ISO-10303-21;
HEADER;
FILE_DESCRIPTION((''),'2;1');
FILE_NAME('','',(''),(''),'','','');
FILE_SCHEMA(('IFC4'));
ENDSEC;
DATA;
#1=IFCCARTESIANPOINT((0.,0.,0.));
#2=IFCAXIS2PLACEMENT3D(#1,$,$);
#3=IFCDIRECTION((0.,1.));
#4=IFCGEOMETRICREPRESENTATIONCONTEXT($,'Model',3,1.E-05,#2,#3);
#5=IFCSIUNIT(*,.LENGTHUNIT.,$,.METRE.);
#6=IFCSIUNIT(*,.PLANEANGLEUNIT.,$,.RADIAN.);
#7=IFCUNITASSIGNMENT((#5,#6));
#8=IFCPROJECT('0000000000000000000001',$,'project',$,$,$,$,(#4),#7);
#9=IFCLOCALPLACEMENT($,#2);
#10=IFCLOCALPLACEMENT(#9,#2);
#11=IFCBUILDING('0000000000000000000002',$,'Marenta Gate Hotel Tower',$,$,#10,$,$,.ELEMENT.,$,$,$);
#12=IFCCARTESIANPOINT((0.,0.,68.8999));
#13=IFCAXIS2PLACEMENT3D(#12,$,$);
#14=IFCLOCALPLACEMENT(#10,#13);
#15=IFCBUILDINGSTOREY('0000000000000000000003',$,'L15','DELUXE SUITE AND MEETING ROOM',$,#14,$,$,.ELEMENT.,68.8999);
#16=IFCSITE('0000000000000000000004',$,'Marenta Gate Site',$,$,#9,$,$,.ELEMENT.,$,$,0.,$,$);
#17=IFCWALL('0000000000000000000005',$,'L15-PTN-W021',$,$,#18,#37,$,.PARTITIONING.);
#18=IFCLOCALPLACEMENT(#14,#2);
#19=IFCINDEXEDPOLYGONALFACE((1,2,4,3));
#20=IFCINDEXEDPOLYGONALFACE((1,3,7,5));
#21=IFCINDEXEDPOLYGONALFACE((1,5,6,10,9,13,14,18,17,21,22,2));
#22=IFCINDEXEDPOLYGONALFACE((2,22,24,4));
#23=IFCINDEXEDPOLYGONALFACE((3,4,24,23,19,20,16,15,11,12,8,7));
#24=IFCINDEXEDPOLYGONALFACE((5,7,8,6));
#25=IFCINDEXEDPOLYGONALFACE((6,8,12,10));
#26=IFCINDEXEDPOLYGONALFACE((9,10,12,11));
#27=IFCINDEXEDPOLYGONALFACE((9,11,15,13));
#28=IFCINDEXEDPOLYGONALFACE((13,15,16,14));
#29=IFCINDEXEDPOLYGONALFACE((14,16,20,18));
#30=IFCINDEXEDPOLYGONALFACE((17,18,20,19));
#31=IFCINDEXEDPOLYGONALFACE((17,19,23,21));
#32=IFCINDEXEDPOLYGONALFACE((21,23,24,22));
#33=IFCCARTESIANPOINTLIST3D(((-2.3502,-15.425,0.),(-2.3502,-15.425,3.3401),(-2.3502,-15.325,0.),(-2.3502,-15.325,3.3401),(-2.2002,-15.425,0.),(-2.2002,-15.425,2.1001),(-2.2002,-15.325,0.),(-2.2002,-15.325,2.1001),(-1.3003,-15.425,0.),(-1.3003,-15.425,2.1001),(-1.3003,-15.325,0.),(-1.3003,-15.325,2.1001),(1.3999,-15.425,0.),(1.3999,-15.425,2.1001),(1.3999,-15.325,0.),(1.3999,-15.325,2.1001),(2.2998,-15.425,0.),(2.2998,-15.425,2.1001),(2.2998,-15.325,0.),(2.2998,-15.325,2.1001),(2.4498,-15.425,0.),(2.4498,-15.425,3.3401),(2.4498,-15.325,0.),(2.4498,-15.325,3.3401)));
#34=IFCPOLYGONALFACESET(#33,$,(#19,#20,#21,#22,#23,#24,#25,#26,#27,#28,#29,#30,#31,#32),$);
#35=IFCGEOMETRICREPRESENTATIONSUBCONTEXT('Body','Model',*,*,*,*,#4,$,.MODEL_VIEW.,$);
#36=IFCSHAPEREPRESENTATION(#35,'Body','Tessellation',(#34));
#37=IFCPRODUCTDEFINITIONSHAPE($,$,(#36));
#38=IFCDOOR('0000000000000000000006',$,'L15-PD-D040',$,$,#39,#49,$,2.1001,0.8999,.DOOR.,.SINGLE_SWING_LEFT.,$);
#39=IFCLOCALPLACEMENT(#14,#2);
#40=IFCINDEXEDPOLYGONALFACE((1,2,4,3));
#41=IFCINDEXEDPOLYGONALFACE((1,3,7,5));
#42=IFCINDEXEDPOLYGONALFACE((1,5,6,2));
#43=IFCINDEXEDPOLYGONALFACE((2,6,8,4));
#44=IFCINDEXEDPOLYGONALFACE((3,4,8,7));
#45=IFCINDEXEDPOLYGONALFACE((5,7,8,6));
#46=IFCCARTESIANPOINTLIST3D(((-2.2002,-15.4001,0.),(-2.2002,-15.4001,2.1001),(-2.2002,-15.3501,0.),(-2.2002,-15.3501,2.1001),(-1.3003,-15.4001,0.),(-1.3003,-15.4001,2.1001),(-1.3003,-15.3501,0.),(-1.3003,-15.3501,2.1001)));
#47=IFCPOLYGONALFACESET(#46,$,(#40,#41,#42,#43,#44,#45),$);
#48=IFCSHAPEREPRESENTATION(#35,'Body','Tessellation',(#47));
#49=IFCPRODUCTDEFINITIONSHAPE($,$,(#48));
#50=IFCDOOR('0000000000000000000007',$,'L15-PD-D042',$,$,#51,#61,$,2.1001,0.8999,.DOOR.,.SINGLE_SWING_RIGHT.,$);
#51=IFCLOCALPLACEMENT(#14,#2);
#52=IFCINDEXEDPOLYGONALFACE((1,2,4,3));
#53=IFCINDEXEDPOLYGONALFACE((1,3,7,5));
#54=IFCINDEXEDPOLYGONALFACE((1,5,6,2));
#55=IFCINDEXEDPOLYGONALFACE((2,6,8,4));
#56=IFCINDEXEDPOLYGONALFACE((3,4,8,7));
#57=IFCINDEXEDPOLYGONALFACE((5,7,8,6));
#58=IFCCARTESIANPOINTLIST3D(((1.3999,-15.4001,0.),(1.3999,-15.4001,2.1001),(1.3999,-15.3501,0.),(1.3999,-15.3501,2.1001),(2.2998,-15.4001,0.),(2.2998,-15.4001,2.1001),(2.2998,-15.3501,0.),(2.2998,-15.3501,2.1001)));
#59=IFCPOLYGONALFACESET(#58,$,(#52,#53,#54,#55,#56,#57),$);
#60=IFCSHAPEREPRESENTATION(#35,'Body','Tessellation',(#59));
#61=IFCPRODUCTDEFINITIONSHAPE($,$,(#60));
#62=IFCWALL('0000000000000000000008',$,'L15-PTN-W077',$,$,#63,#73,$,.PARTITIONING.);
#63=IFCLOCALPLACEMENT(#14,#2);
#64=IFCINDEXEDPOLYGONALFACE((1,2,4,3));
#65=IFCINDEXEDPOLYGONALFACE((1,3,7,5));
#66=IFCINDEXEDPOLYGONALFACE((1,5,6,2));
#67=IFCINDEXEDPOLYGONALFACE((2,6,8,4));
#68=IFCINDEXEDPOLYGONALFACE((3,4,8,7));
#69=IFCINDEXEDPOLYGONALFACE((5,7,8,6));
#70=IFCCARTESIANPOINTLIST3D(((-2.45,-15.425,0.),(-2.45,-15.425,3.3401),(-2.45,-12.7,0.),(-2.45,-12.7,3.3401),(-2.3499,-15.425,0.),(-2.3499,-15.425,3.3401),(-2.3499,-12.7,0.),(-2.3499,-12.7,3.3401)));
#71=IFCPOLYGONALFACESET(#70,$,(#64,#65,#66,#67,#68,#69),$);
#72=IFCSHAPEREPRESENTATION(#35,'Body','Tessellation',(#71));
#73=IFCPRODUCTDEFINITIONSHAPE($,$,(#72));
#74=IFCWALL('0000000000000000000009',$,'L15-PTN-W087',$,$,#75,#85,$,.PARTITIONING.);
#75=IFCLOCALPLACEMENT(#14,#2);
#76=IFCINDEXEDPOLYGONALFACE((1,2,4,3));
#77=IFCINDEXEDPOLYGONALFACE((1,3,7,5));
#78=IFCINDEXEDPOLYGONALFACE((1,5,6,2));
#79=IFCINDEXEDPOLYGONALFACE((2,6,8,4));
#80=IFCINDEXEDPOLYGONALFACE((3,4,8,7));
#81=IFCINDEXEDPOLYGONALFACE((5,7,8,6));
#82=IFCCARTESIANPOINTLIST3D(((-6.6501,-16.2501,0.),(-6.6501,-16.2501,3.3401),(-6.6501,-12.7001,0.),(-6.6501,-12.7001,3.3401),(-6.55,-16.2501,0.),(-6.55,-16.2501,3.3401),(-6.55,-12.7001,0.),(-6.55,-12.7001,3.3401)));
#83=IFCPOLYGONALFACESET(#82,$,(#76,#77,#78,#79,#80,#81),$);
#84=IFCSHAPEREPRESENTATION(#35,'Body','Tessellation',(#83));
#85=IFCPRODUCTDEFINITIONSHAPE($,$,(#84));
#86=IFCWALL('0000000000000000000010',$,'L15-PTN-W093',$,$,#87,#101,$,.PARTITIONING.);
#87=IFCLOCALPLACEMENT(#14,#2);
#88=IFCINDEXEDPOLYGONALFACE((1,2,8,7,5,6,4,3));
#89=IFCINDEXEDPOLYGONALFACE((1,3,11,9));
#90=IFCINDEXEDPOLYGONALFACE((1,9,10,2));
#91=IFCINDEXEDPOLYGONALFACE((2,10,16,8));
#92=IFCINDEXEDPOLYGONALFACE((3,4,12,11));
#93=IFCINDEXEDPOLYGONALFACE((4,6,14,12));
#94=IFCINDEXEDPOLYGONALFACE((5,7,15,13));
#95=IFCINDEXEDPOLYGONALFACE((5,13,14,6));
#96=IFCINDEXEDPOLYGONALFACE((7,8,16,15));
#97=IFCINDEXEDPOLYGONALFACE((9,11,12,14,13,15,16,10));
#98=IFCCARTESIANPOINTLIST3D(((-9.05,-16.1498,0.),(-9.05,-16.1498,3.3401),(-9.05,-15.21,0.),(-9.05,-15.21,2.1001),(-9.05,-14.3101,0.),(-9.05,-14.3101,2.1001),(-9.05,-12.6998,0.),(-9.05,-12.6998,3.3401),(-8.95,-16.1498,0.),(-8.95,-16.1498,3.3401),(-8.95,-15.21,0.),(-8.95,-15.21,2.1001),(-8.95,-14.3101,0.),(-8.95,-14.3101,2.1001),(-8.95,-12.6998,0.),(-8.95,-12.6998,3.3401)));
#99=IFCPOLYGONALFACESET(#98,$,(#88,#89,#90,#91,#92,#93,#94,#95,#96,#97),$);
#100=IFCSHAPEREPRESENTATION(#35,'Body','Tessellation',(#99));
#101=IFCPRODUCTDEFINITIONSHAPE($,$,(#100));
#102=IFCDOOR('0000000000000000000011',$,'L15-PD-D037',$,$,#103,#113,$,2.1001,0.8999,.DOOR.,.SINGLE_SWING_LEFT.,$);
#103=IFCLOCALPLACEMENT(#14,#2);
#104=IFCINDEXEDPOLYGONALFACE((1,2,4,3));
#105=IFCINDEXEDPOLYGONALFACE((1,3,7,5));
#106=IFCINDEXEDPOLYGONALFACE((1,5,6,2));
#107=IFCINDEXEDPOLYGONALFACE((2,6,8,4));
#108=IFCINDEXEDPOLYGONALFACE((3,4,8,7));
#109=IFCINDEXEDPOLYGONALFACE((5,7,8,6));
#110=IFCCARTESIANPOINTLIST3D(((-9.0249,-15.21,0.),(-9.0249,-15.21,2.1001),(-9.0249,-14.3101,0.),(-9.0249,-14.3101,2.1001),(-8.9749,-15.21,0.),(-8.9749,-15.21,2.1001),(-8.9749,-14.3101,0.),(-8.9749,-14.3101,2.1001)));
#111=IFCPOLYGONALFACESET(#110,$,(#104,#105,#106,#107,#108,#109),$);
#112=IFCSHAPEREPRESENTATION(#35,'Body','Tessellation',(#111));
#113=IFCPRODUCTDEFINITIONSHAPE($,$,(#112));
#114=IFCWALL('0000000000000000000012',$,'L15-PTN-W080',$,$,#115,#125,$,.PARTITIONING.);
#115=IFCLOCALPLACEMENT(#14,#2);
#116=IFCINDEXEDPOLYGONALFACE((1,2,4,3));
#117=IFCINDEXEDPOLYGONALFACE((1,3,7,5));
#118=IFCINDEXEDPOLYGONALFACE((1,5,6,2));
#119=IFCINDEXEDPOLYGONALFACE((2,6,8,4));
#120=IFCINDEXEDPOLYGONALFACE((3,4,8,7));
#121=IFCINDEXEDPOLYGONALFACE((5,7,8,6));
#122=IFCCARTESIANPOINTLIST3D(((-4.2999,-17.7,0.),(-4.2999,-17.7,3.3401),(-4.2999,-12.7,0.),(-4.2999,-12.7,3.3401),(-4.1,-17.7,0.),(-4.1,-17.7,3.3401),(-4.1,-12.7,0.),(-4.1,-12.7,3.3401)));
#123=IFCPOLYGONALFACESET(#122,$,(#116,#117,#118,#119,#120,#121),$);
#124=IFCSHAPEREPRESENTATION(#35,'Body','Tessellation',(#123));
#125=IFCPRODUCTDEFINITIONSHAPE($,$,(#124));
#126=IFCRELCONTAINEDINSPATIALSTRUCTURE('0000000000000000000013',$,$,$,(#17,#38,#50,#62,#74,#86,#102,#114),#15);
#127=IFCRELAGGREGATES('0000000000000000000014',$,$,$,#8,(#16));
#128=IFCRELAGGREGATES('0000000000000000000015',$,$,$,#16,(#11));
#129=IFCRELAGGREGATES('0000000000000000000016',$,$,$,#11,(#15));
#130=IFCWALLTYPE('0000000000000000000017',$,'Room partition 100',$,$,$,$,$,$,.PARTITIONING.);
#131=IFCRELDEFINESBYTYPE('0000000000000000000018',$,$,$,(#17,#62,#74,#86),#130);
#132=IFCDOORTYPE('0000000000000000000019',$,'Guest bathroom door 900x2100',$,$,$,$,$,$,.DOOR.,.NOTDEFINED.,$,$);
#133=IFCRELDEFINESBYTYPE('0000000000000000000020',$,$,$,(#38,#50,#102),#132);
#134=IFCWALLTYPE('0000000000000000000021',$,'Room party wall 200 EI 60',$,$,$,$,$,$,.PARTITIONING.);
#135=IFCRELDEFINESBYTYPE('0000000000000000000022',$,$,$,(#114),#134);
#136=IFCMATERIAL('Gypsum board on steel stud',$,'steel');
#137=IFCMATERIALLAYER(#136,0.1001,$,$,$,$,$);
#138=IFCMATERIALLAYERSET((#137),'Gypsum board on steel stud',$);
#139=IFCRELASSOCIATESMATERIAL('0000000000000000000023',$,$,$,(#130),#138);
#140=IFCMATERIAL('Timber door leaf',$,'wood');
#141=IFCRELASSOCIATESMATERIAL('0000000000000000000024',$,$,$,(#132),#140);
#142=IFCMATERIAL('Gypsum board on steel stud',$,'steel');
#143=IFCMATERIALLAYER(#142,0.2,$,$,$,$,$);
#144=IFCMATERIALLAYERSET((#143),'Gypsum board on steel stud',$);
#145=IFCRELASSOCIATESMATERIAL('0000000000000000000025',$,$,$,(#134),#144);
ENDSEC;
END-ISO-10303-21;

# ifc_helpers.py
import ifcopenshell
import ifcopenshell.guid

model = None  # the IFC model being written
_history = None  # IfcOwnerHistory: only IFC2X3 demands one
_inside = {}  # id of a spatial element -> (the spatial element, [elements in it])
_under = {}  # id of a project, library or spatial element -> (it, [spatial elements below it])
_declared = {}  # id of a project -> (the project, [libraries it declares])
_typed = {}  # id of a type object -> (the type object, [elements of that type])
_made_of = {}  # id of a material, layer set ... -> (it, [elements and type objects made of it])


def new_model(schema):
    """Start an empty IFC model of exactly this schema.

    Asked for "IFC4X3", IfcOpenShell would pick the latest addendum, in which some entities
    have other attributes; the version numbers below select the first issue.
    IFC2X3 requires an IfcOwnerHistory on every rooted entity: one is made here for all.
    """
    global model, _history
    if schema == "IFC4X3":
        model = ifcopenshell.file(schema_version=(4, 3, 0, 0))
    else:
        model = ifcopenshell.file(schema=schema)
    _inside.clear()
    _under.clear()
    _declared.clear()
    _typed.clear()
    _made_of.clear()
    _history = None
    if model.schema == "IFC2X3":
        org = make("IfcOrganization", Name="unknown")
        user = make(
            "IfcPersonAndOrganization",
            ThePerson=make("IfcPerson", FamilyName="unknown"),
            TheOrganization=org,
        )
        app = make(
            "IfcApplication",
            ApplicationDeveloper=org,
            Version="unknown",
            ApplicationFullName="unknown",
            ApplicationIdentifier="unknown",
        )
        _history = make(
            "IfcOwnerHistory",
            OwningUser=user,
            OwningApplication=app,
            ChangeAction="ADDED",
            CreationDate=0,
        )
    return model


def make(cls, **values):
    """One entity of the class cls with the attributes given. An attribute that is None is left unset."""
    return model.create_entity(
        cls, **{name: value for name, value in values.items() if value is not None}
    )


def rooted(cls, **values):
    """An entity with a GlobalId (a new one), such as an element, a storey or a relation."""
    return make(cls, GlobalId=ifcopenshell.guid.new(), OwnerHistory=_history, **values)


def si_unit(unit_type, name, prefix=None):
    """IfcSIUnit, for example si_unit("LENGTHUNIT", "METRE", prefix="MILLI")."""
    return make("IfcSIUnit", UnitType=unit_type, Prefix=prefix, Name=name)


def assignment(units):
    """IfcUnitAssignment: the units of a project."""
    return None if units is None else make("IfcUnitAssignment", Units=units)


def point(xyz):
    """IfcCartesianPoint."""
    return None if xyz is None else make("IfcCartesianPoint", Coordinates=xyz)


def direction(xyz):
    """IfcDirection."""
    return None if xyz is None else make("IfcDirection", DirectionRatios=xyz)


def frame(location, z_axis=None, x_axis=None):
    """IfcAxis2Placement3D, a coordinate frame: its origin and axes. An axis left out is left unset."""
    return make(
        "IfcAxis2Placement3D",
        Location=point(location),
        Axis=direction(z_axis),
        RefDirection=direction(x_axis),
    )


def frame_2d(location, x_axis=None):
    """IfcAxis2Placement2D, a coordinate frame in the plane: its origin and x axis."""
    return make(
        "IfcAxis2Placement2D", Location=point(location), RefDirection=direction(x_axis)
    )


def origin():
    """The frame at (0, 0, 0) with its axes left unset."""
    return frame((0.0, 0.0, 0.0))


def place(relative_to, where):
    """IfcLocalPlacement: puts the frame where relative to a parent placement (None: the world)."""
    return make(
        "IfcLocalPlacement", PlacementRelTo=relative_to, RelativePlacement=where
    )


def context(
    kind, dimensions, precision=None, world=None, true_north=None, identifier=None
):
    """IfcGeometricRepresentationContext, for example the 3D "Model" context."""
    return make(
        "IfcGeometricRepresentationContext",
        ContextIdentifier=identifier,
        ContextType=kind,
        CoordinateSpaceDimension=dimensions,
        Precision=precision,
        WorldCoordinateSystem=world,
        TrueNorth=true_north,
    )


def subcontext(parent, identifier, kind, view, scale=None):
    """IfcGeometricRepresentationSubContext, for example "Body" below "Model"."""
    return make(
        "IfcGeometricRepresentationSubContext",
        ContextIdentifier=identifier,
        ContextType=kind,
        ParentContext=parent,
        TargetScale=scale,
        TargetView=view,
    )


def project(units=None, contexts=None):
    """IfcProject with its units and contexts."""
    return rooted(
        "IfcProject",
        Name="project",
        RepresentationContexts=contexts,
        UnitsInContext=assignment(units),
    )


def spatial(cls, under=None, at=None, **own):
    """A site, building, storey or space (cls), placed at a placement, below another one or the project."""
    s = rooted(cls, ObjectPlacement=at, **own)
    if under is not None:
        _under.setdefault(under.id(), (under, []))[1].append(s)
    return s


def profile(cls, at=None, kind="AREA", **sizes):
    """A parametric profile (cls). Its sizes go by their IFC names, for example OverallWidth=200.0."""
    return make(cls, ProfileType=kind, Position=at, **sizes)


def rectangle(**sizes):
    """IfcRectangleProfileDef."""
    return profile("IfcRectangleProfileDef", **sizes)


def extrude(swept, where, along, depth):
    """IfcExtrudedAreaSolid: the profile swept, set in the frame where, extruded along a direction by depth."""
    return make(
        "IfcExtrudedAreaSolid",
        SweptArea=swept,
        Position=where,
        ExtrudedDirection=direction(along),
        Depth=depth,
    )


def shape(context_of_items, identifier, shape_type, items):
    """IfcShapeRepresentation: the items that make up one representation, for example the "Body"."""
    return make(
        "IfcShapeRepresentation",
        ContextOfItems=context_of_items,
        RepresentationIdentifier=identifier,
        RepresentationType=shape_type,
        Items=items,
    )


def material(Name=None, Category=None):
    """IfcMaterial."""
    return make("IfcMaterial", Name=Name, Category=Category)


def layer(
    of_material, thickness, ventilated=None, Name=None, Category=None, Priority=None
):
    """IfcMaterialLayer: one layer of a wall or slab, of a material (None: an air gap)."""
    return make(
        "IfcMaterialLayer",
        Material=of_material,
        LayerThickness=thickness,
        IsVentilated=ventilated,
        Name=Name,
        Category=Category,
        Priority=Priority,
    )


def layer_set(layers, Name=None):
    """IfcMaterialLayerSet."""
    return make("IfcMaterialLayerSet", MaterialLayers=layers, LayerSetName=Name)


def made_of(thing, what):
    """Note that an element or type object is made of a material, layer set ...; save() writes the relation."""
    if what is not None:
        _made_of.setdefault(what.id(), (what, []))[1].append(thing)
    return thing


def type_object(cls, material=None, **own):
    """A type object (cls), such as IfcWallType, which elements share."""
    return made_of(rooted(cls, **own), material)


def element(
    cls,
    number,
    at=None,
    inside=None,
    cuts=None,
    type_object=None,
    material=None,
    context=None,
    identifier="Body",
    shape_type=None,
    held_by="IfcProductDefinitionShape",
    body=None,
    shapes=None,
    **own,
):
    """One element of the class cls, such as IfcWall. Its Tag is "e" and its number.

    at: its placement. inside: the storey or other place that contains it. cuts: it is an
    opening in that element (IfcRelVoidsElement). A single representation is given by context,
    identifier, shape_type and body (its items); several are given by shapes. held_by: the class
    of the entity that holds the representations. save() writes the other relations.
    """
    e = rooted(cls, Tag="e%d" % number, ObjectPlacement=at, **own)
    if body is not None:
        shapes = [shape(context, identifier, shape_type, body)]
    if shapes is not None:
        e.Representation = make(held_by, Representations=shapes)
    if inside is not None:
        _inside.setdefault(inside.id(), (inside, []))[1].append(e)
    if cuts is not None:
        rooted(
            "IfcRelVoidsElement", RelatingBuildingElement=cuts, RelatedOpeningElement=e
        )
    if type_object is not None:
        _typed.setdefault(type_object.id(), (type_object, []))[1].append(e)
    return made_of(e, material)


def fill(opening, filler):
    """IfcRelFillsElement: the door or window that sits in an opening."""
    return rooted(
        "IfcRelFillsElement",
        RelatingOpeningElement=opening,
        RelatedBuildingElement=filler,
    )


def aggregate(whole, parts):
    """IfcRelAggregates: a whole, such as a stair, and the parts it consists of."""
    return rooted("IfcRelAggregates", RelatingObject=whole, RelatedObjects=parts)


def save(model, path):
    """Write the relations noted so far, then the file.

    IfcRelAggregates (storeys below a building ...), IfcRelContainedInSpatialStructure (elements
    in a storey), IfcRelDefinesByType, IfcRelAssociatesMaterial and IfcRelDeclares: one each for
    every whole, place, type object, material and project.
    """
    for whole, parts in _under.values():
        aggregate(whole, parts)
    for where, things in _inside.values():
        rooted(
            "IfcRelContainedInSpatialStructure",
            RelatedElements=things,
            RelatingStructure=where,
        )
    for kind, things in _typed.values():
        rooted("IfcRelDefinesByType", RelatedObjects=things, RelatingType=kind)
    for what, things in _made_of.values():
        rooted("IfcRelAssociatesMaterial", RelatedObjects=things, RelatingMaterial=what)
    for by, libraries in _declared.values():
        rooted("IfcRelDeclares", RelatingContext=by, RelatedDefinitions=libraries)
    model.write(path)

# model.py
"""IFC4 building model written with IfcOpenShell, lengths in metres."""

from ifc_helpers import new_model, si_unit, direction, frame, frame_2d, origin, place, context, subcontext, project, spatial, rectangle, extrude, material, layer, layer_set, type_object, element, fill, save


model = new_model("IFC4")

# Units and contexts
model_context = context("Model", 3, precision=1e-05, world=origin(), true_north=direction((0.0, 1.0)))
body_context = subcontext(model_context, "Body", "Model", "MODEL_VIEW")
ifc_project = project(units=[si_unit("LENGTHUNIT", "METRE"), si_unit("PLANEANGLEUNIT", "RADIAN")], contexts=[model_context])

# Site, building, storey
site_placement = place(None, origin())
site = spatial("IfcSite", under=ifc_project, at=site_placement, Name="Marenta Gate Site", CompositionType="ELEMENT", RefElevation=0.0)
building_placement = place(site_placement, origin())
building = spatial("IfcBuilding", under=site, at=building_placement, Name="Marenta Gate Hotel Tower", CompositionType="ELEMENT")
storey_placement = place(building_placement, frame((0.0, 0.0, 68.8999)))
storey = spatial("IfcBuildingStorey", under=building, at=storey_placement, Name="L15", Description="DELUXE SUITE AND MEETING ROOM", CompositionType="ELEMENT", Elevation=68.8999)

# Shared definitions
ifc_material_1 = material(Name="Gypsum board on steel stud", Category="steel")
ifc_layer_1 = layer(ifc_material_1, 0.1001)
ifc_layer_set_1 = layer_set([ifc_layer_1], Name="Gypsum board on steel stud")
wall_type_1 = type_object("IfcWallType", Name="Room partition 100", PredefinedType="PARTITIONING", material=ifc_layer_set_1)

# Wall, openings, doors
wall_1_placement = place(storey_placement, frame((-2.3501, -15.375, 0.0), z_axis=(0.0, 0.0, 1.0), x_axis=(1.0, 0.0, 0.0)))
wall_1 = element("IfcWall", 1, at=wall_1_placement, inside=storey, type_object=wall_type_1, Name="L15-PTN-W021", PredefinedType="PARTITIONING", context=body_context, shape_type="SweptSolid", body=[
    extrude(rectangle(XDim=4.8, YDim=0.1001, at=frame_2d((2.3999, 0.0))), origin(), (0.0, 0.0, 1.0), 3.3401),
])
opening_1_placement = place(wall_1_placement, frame((0.1499, 0.0, 0.0)))
opening_1 = element("IfcOpeningElement", 2, at=opening_1_placement, cuts=wall_1, PredefinedType="OPENING", context=body_context, shape_type="SweptSolid", body=[
    extrude(rectangle(XDim=0.8999, YDim=2.1001, at=frame_2d((0.45, 1.05))), frame((0.0, 0.05, 0.0), z_axis=(0.0, -1.0, 0.0), x_axis=(1.0, 0.0, 0.0)), (0.0, 0.0, 1.0), 0.1001),
])
opening_2_placement = place(wall_1_placement, frame((3.75, 0.0, 0.0)))
opening_2 = element("IfcOpeningElement", 3, at=opening_2_placement, cuts=wall_1, PredefinedType="OPENING", context=body_context, shape_type="SweptSolid", body=[
    extrude(rectangle(XDim=0.8999, YDim=2.1001, at=frame_2d((0.45, 1.05))), frame((0.0, 0.05, 0.0), z_axis=(0.0, -1.0, 0.0), x_axis=(1.0, 0.0, 0.0)), (0.0, 0.0, 1.0), 0.1001),
])
ifc_material_2 = material(Name="Timber door leaf", Category="wood")
door_type_1 = type_object("IfcDoorType", Name="Guest bathroom door 900x2100", OperationType="NOTDEFINED", PredefinedType="DOOR", material=ifc_material_2)
door_1_placement = place(opening_1_placement, origin())
door_1 = element("IfcDoor", 4, at=door_1_placement, inside=storey, type_object=door_type_1, Name="L15-PD-D040", OperationType="SINGLE_SWING_LEFT", OverallHeight=2.1001, OverallWidth=0.8999, PredefinedType="DOOR", context=body_context, shape_type="SweptSolid", body=[
    extrude(rectangle(XDim=0.8999, YDim=2.1001, at=frame_2d((0.45, 1.05))), frame((0.0, 0.0249, 0.0), z_axis=(0.0, -1.0, 0.0), x_axis=(1.0, 0.0, 0.0)), (0.0, 0.0, 1.0), 0.05),
])
fill(opening_1, door_1)
door_2_placement = place(opening_2_placement, origin())
door_2 = element("IfcDoor", 5, at=door_2_placement, inside=storey, type_object=door_type_1, Name="L15-PD-D042", OperationType="SINGLE_SWING_RIGHT", OverallHeight=2.1001, OverallWidth=0.8999, PredefinedType="DOOR", context=body_context, shape_type="SweptSolid", body=[
    extrude(rectangle(XDim=0.8999, YDim=2.1001, at=frame_2d((0.45, 1.05))), frame((0.0, 0.0249, 0.0), z_axis=(0.0, -1.0, 0.0), x_axis=(1.0, 0.0, 0.0)), (0.0, 0.0, 1.0), 0.05),
])
fill(opening_2, door_2)

# Walls
wall_2_placement = place(storey_placement, frame((-2.3999, -15.425, 0.0), z_axis=(0.0, 0.0, 1.0), x_axis=(0.0, 1.0, 0.0)))
element("IfcWall", 6, at=wall_2_placement, inside=storey, type_object=wall_type_1, Name="L15-PTN-W077", PredefinedType="PARTITIONING", context=body_context, shape_type="SweptSolid", body=[
    extrude(rectangle(XDim=2.7251, YDim=0.1001, at=frame_2d((1.3625, 0.0))), origin(), (0.0, 0.0, 1.0), 3.3401),
])
wall_3_placement = place(storey_placement, frame((-6.6001, -16.25, 0.0), z_axis=(0.0, 0.0, 1.0), x_axis=(0.0, 1.0, 0.0)))
element("IfcWall", 7, at=wall_3_placement, inside=storey, type_object=wall_type_1, Name="L15-PTN-W087", PredefinedType="PARTITIONING", context=body_context, shape_type="SweptSolid", body=[
    extrude(rectangle(XDim=3.55, YDim=0.1001, at=frame_2d((1.7749, 0.0))), origin(), (0.0, 0.0, 1.0), 3.3401),
])

# Wall, opening, door
wall_4_placement = place(storey_placement, frame((-9.0, -16.1499, 0.0), z_axis=(0.0, 0.0, 1.0), x_axis=(0.0, 1.0, 0.0)))
wall_4 = element("IfcWall", 8, at=wall_4_placement, inside=storey, type_object=wall_type_1, Name="L15-PTN-W093", PredefinedType="PARTITIONING", context=body_context, shape_type="SweptSolid", body=[
    extrude(rectangle(XDim=3.45, YDim=0.1001, at=frame_2d((1.7251, 0.0))), origin(), (0.0, 0.0, 1.0), 3.3401),
])
opening_3_placement = place(wall_4_placement, frame((0.9399, 0.0, 0.0)))
opening_3 = element("IfcOpeningElement", 9, at=opening_3_placement, cuts=wall_4, PredefinedType="OPENING", context=body_context, shape_type="SweptSolid", body=[
    extrude(rectangle(XDim=0.8999, YDim=2.1001, at=frame_2d((0.45, 1.05))), frame((0.0, 0.05, 0.0), z_axis=(0.0, -1.0, 0.0), x_axis=(1.0, 0.0, 0.0)), (0.0, 0.0, 1.0), 0.1001),
])
door_3_placement = place(opening_3_placement, origin())
door_3 = element("IfcDoor", 10, at=door_3_placement, inside=storey, type_object=door_type_1, Name="L15-PD-D037", OperationType="SINGLE_SWING_LEFT", OverallHeight=2.1001, OverallWidth=0.8999, PredefinedType="DOOR", context=body_context, shape_type="SweptSolid", body=[
    extrude(rectangle(XDim=0.8999, YDim=2.1001, at=frame_2d((0.45, 1.05))), frame((0.0, 0.0249, 0.0), z_axis=(0.0, -1.0, 0.0), x_axis=(1.0, 0.0, 0.0)), (0.0, 0.0, 1.0), 0.05),
])
fill(opening_3, door_3)

# Wall
ifc_material_3 = material(Name="Gypsum board on steel stud", Category="steel")
ifc_layer_2 = layer(ifc_material_3, 0.2)
ifc_layer_set_2 = layer_set([ifc_layer_2], Name="Gypsum board on steel stud")
wall_type_2 = type_object("IfcWallType", Name="Room party wall 200 EI 60", PredefinedType="PARTITIONING", material=ifc_layer_set_2)
wall_5_placement = place(storey_placement, frame((-4.2, -17.7, 0.0), z_axis=(0.0, 0.0, 1.0), x_axis=(0.0, 1.0, 0.0)))
element("IfcWall", 11, at=wall_5_placement, inside=storey, type_object=wall_type_2, Name="L15-PTN-W080", PredefinedType="PARTITIONING", context=body_context, shape_type="SweptSolid", body=[
    extrude(rectangle(XDim=5.0, YDim=0.2, at=frame_2d((2.5, 0.0))), origin(), (0.0, 0.0, 1.0), 3.3401),
])

save(model, "model.ifc")
